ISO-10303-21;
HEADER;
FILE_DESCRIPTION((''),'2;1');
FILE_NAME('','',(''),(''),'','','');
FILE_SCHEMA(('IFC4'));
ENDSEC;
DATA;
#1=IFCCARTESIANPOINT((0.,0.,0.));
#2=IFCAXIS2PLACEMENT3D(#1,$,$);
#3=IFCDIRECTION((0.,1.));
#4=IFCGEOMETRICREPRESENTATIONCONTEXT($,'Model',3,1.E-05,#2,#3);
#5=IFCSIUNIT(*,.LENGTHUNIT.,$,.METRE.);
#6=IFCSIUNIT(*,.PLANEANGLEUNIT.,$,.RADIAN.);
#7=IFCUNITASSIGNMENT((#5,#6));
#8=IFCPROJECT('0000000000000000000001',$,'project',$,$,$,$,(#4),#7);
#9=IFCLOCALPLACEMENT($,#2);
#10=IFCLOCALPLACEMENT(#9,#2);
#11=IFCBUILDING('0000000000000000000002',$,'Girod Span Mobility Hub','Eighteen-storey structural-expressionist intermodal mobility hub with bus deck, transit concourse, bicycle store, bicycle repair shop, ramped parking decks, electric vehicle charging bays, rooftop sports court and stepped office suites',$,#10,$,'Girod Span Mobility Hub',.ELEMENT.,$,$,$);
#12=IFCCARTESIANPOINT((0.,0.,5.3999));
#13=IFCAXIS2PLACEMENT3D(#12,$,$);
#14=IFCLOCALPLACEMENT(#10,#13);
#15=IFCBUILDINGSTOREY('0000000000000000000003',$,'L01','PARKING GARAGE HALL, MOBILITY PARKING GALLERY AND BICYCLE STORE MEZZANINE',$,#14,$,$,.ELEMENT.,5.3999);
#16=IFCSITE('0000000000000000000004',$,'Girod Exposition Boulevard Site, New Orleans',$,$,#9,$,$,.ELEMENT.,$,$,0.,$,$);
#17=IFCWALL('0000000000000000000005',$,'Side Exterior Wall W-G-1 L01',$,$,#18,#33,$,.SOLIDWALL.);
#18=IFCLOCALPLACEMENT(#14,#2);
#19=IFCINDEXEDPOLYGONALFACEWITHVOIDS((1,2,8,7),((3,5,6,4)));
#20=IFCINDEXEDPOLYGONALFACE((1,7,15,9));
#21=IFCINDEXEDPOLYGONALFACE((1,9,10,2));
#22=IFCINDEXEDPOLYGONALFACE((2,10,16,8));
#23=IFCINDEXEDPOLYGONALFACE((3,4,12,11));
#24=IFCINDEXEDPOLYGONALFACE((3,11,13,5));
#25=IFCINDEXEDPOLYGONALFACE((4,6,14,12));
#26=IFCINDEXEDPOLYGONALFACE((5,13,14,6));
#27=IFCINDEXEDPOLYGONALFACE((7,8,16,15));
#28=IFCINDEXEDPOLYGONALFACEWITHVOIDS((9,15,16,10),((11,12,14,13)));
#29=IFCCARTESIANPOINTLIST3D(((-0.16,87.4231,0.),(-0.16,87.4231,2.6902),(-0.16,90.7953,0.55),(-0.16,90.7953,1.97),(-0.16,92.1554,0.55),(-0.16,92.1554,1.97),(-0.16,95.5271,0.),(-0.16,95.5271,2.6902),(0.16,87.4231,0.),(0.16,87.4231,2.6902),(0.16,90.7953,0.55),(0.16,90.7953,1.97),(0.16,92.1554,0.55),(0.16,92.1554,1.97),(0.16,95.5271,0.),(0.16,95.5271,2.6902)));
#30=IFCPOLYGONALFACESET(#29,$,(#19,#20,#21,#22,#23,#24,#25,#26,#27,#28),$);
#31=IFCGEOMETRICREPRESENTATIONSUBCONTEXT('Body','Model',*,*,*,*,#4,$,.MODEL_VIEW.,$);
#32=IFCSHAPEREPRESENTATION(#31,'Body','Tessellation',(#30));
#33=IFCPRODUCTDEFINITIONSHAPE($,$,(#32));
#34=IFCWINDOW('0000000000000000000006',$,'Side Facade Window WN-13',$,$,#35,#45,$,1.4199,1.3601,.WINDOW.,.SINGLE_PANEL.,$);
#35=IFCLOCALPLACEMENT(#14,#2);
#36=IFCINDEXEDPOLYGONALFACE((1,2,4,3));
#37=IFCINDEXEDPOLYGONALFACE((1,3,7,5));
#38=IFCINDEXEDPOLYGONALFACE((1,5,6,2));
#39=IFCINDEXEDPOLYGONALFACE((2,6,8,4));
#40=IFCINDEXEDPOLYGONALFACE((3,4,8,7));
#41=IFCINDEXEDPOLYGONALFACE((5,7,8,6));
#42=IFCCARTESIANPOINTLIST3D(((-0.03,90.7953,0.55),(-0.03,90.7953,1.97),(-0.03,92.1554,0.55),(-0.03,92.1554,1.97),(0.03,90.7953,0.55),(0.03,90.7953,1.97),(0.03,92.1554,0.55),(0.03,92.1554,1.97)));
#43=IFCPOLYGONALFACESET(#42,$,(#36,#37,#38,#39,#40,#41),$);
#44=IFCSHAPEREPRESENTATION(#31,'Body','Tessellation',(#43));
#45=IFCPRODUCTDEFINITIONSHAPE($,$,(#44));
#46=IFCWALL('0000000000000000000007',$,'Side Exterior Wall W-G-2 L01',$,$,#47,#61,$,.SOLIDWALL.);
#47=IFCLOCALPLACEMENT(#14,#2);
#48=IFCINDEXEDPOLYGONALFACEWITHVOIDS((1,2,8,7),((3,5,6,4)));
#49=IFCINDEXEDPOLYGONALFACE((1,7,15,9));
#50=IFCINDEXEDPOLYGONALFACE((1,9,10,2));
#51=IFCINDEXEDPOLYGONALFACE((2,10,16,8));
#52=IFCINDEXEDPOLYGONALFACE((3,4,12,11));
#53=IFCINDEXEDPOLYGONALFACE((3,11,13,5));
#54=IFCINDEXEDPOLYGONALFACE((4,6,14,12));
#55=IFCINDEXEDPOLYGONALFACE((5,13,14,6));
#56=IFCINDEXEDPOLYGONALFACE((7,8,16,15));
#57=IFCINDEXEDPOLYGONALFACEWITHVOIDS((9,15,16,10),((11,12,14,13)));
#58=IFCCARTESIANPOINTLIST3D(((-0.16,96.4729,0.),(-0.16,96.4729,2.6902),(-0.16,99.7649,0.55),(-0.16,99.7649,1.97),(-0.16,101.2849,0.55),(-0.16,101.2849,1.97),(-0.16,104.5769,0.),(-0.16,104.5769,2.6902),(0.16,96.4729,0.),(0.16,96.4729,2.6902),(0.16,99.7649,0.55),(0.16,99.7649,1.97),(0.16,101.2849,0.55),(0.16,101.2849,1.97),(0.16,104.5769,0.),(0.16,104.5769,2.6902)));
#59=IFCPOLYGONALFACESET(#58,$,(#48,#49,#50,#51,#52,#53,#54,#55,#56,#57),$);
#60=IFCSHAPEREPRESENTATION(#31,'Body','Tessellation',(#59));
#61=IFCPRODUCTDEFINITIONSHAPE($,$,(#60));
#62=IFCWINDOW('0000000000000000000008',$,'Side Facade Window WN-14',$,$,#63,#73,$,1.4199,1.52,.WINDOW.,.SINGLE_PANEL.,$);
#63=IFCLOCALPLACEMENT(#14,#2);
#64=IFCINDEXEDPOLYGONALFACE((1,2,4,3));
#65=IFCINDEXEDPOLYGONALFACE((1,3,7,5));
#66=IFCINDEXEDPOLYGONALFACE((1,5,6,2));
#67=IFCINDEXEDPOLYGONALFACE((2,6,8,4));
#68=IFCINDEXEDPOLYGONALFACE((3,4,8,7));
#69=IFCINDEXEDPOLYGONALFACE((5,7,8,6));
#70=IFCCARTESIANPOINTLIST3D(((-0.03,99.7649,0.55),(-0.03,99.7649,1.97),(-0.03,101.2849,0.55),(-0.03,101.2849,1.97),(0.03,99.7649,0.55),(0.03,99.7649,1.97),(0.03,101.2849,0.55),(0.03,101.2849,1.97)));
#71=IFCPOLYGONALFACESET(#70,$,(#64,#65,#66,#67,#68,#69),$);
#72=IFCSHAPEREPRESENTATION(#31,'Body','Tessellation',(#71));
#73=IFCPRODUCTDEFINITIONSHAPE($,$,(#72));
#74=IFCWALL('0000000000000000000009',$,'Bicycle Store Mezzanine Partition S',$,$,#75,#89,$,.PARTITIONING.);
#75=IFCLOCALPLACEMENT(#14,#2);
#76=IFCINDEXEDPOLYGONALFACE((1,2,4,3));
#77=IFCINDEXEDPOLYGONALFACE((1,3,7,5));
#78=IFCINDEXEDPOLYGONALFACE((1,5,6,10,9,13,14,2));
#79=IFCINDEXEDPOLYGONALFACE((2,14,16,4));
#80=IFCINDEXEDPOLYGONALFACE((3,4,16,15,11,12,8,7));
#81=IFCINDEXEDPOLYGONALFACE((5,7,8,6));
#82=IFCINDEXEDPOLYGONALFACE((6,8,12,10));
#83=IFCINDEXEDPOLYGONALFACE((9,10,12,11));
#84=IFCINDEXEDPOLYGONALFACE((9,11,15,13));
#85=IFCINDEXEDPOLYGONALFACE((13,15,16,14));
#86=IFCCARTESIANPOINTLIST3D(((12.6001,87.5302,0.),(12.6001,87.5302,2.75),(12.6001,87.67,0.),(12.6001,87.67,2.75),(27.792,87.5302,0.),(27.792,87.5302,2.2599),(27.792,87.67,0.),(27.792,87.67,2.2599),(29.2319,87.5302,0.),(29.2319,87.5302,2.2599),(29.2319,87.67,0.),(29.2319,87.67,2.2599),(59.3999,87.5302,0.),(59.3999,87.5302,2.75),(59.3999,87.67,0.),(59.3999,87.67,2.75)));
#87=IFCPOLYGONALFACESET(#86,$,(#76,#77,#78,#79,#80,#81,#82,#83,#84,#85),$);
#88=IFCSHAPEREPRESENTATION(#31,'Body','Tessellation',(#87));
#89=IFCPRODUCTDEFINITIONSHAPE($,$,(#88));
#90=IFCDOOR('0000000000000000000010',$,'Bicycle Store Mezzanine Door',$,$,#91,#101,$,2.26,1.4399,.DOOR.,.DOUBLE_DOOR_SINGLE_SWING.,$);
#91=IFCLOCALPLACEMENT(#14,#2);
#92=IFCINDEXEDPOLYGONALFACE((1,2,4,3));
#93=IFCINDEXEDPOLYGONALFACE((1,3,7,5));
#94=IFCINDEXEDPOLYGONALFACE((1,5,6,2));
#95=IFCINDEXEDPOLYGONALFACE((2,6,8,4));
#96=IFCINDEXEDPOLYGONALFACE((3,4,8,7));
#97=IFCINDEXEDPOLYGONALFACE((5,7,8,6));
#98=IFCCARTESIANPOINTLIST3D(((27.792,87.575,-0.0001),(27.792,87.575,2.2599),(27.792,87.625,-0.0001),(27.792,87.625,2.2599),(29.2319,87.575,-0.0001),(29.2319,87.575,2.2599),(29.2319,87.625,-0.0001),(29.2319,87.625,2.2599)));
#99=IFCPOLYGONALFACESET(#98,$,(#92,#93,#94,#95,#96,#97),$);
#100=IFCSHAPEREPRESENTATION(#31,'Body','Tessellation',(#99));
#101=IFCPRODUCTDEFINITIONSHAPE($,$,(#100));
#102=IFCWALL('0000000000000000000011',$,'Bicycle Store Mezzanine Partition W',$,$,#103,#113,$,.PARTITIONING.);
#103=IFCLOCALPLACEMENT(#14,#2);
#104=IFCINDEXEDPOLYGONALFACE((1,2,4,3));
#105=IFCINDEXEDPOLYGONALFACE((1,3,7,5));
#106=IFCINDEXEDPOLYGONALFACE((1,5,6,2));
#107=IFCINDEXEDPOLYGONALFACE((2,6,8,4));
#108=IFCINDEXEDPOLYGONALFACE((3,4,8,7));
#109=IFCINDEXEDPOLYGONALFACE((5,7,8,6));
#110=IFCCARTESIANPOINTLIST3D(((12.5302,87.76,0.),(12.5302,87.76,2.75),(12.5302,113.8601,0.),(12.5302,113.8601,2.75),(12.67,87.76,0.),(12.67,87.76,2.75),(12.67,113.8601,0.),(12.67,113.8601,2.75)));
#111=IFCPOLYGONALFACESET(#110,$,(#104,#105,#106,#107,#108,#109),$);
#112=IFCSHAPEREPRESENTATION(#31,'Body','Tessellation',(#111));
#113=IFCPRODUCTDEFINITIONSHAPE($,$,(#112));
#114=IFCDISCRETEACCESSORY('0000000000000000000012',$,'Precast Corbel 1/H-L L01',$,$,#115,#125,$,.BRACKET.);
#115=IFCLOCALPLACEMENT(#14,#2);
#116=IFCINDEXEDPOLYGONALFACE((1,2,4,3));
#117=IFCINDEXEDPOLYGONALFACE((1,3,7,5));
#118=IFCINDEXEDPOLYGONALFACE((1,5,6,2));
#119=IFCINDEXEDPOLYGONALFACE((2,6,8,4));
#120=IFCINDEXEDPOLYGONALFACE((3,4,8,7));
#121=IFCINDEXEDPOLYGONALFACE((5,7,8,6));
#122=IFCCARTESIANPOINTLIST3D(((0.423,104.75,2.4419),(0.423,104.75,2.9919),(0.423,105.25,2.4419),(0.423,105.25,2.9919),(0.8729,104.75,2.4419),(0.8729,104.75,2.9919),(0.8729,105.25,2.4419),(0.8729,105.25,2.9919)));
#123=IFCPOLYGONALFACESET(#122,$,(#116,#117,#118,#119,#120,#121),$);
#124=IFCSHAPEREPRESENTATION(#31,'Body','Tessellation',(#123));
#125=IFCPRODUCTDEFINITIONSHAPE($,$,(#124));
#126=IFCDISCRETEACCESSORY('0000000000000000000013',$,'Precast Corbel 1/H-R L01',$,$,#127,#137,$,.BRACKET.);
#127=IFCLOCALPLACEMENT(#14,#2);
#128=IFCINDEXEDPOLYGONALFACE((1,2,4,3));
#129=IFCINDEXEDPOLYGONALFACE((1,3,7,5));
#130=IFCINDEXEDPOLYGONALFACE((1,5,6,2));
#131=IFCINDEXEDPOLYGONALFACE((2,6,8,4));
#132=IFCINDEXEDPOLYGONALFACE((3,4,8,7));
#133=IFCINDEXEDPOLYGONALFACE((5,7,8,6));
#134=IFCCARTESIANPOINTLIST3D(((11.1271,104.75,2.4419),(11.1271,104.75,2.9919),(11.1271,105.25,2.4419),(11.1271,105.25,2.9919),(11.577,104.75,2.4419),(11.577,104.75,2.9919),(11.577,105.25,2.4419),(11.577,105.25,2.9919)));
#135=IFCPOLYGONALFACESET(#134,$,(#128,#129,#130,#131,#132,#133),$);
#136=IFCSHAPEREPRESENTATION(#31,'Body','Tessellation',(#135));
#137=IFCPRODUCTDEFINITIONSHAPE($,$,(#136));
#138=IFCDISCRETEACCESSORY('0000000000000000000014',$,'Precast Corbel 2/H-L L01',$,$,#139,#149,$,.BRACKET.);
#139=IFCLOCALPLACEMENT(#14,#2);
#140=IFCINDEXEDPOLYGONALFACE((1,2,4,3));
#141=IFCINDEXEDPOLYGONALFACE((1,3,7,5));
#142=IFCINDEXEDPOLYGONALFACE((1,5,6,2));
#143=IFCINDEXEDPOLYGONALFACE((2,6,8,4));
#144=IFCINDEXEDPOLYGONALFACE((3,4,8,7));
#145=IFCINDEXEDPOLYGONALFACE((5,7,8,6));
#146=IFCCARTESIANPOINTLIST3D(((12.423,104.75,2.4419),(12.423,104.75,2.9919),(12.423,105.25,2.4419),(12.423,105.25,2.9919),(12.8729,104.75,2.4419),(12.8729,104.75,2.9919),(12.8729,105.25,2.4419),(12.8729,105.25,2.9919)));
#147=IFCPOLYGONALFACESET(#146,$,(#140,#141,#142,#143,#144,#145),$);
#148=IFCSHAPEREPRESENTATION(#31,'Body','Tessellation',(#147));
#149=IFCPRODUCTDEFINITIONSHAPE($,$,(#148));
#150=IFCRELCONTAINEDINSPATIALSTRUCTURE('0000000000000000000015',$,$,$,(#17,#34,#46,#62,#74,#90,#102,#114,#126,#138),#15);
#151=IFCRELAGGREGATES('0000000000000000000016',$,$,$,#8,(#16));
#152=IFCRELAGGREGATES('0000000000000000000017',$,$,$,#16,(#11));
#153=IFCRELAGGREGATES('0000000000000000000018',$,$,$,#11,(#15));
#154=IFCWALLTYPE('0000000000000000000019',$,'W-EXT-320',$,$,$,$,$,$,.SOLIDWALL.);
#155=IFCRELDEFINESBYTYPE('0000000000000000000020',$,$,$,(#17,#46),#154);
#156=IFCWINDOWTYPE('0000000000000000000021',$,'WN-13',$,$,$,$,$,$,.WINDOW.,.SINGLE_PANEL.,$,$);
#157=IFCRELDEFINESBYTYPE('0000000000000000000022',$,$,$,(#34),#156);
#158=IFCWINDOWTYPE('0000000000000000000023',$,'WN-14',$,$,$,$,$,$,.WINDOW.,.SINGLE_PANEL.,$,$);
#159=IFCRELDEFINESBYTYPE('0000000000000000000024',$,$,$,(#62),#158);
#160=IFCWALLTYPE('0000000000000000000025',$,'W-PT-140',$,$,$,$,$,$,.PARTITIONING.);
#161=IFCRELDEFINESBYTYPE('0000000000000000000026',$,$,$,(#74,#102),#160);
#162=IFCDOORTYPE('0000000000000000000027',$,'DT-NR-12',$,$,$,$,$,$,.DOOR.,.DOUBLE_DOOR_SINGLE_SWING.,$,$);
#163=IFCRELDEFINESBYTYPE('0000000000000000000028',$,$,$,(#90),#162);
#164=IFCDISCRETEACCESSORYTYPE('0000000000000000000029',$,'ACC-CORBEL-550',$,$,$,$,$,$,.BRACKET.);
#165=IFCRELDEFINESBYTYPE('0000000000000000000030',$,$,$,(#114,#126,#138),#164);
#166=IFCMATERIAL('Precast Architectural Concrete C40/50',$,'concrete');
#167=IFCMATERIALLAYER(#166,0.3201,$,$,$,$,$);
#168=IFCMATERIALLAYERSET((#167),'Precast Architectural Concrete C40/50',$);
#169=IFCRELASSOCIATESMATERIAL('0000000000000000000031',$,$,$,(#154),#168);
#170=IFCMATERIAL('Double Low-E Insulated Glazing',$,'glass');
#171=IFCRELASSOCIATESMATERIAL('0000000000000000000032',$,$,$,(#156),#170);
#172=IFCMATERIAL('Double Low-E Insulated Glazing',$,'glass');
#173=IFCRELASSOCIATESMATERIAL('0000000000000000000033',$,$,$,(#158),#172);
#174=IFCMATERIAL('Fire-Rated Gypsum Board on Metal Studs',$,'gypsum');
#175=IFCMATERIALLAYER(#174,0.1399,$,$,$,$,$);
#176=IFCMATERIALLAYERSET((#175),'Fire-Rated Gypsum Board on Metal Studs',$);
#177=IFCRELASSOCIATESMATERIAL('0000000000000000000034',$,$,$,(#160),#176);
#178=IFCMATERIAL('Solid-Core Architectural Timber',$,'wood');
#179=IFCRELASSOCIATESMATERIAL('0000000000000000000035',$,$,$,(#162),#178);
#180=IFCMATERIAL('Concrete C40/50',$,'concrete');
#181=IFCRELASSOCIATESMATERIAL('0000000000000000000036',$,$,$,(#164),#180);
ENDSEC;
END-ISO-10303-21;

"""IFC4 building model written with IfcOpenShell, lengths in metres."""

from ifc_helpers import new_model, si_unit, direction, frame, frame_2d, origin, origin_2d, place, context, subcontext, project, spatial, rectangle, extrude, material, layer, layer_set, type_object, element, fill, save


model = new_model("IFC4")

# Units and contexts
model_context = context("Model", 3, precision=1e-05, world=origin(), true_north=direction((0.0, 1.0)))
body_context = subcontext(model_context, "Body", "Model", "MODEL_VIEW")
ifc_project = project(units=[si_unit("LENGTHUNIT", "METRE"), si_unit("PLANEANGLEUNIT", "RADIAN")], contexts=[model_context])

# Site, building, storey
site_placement = place(None, origin())
site = spatial("IfcSite", under=ifc_project, at=site_placement, Name="Girod Exposition Boulevard Site, New Orleans", CompositionType="ELEMENT", RefElevation=0.0)
building_placement = place(site_placement, origin())
building = spatial("IfcBuilding", under=site, at=building_placement, Name="Girod Span Mobility Hub", Description="Eighteen-storey structural-expressionist intermodal mobility hub with bus deck, transit concourse, bicycle store, bicycle repair shop, ramped parking decks, electric vehicle charging bays, rooftop sports court and stepped office suites", LongName="Girod Span Mobility Hub", CompositionType="ELEMENT")
storey_placement = place(building_placement, frame((0.0, 0.0, 5.3999)))
storey = spatial("IfcBuildingStorey", under=building, at=storey_placement, Name="L01", Description="PARKING GARAGE HALL, MOBILITY PARKING GALLERY AND BICYCLE STORE MEZZANINE", CompositionType="ELEMENT", Elevation=5.3999)

# Walls, openings, windows
ifc_material_1 = material(Name="Precast Architectural Concrete C40/50", Category="concrete")
ifc_layer_1 = layer(ifc_material_1, 0.3201)
ifc_layer_set_1 = layer_set([ifc_layer_1], Name="Precast Architectural Concrete C40/50")
wall_type_1 = type_object("IfcWallType", Name="W-EXT-320", PredefinedType="SOLIDWALL", material=ifc_layer_set_1)
wall_1_placement = place(storey_placement, frame((0.0, 87.4231, 0.0), z_axis=(0.0, 0.0, 1.0), x_axis=(0.0, 1.0, 0.0)))
wall_1 = element("IfcWall", 1, at=wall_1_placement, inside=storey, type_object=wall_type_1, Name="Side Exterior Wall W-G-1 L01", PredefinedType="SOLIDWALL", context=body_context, shape_type="SweptSolid", body=[
    extrude(rectangle(XDim=8.104, YDim=0.3201, at=frame_2d((4.052, 0.0))), origin(), (0.0, 0.0, 1.0), 2.6902),
])
opening_1_placement = place(wall_1_placement, frame((3.3721, 0.0, 0.55)))
opening_1 = element("IfcOpeningElement", 2, at=opening_1_placement, cuts=wall_1, PredefinedType="OPENING", context=body_context, shape_type="SweptSolid", body=[
    extrude(rectangle(XDim=1.3601, YDim=1.4199, at=frame_2d((0.6802, 0.71))), frame((0.0, 0.175, 0.0), z_axis=(0.0, -1.0, 0.0), x_axis=(1.0, 0.0, 0.0)), (0.0, 0.0, 1.0), 0.3501),
])
ifc_material_2 = material(Name="Double Low-E Insulated Glazing", Category="glass")
window_type_1 = type_object("IfcWindowType", Name="WN-13", PartitioningType="SINGLE_PANEL", PredefinedType="WINDOW", material=ifc_material_2)
window_1_placement = place(opening_1_placement, origin())
window_1 = element("IfcWindow", 3, at=window_1_placement, inside=storey, type_object=window_type_1, Name="Side Facade Window WN-13", OverallHeight=1.4199, OverallWidth=1.3601, PartitioningType="SINGLE_PANEL", PredefinedType="WINDOW", context=body_context, shape_type="SweptSolid", body=[
    extrude(rectangle(XDim=1.3601, YDim=1.4199, at=frame_2d((0.6802, 0.71))), frame((0.0, 0.03, 0.0), z_axis=(0.0, -1.0, 0.0), x_axis=(1.0, 0.0, 0.0)), (0.0, 0.0, 1.0), 0.0601),
])
fill(opening_1, window_1)
wall_2_placement = place(storey_placement, frame((0.0, 96.4729, 0.0), z_axis=(0.0, 0.0, 1.0), x_axis=(0.0, 1.0, 0.0)))
wall_2 = element("IfcWall", 4, at=wall_2_placement, inside=storey, type_object=wall_type_1, Name="Side Exterior Wall W-G-2 L01", PredefinedType="SOLIDWALL", context=body_context, shape_type="SweptSolid", body=[
    extrude(rectangle(XDim=8.104, YDim=0.3201, at=frame_2d((4.052, 0.0))), origin(), (0.0, 0.0, 1.0), 2.6902),
])
opening_2_placement = place(wall_2_placement, frame((3.292, 0.0, 0.55)))
opening_2 = element("IfcOpeningElement", 5, at=opening_2_placement, cuts=wall_2, PredefinedType="OPENING", context=body_context, shape_type="SweptSolid", body=[
    extrude(rectangle(XDim=1.52, YDim=1.4199, at=frame_2d((0.76, 0.71))), frame((0.0, 0.175, 0.0), z_axis=(0.0, -1.0, 0.0), x_axis=(1.0, 0.0, 0.0)), (0.0, 0.0, 1.0), 0.3501),
])
ifc_material_3 = material(Name="Double Low-E Insulated Glazing", Category="glass")
window_type_2 = type_object("IfcWindowType", Name="WN-14", PartitioningType="SINGLE_PANEL", PredefinedType="WINDOW", material=ifc_material_3)
window_2_placement = place(opening_2_placement, origin())
window_2 = element("IfcWindow", 6, at=window_2_placement, inside=storey, type_object=window_type_2, Name="Side Facade Window WN-14", OverallHeight=1.4199, OverallWidth=1.52, PartitioningType="SINGLE_PANEL", PredefinedType="WINDOW", context=body_context, shape_type="SweptSolid", body=[
    extrude(rectangle(XDim=1.52, YDim=1.4199, at=frame_2d((0.76, 0.71))), frame((0.0, 0.03, 0.0), z_axis=(0.0, -1.0, 0.0), x_axis=(1.0, 0.0, 0.0)), (0.0, 0.0, 1.0), 0.0601),
])
fill(opening_2, window_2)

# Wall, opening, door
ifc_material_4 = material(Name="Fire-Rated Gypsum Board on Metal Studs", Category="gypsum")
ifc_layer_2 = layer(ifc_material_4, 0.1399)
ifc_layer_set_2 = layer_set([ifc_layer_2], Name="Fire-Rated Gypsum Board on Metal Studs")
wall_type_2 = type_object("IfcWallType", Name="W-PT-140", PredefinedType="PARTITIONING", material=ifc_layer_set_2)
wall_3_placement = place(storey_placement, frame((12.6001, 87.6001, 0.0), z_axis=(0.0, 0.0, 1.0), x_axis=(1.0, 0.0, 0.0)))
wall_3 = element("IfcWall", 7, at=wall_3_placement, inside=storey, type_object=wall_type_2, Name="Bicycle Store Mezzanine Partition S", PredefinedType="PARTITIONING", context=body_context, shape_type="SweptSolid", body=[
    extrude(rectangle(XDim=46.7998, YDim=0.1399, at=frame_2d((23.3999, 0.0))), origin(), (0.0, 0.0, 1.0), 2.75),
])
opening_3_placement = place(wall_3_placement, frame((15.1919, 0.0, 0.0)))
opening_3 = element("IfcOpeningElement", 8, at=opening_3_placement, cuts=wall_3, PredefinedType="OPENING", context=body_context, shape_type="SweptSolid", body=[
    extrude(rectangle(XDim=1.4399, YDim=2.26, at=frame_2d((0.72, 1.1299))), frame((0.0, 0.085, 0.0), z_axis=(0.0, -1.0, 0.0), x_axis=(1.0, 0.0, 0.0)), (0.0, 0.0, 1.0), 0.1699),
])
ifc_material_5 = material(Name="Solid-Core Architectural Timber", Category="wood")
door_type = type_object("IfcDoorType", Name="DT-NR-12", OperationType="DOUBLE_DOOR_SINGLE_SWING", PredefinedType="DOOR", material=ifc_material_5)
door_placement = place(opening_3_placement, origin())
door = element("IfcDoor", 9, at=door_placement, inside=storey, type_object=door_type, Name="Bicycle Store Mezzanine Door", OperationType="DOUBLE_DOOR_SINGLE_SWING", OverallHeight=2.26, OverallWidth=1.4399, PredefinedType="DOOR", context=body_context, shape_type="SweptSolid", body=[
    extrude(rectangle(XDim=1.4399, YDim=2.26, at=frame_2d((0.72, 1.1299))), frame((0.0, 0.0249, 0.0), z_axis=(0.0, -1.0, 0.0), x_axis=(1.0, 0.0, 0.0)), (0.0, 0.0, 1.0), 0.05),
])
fill(opening_3, door)

# Wall
wall_4_placement = place(storey_placement, frame((12.6001, 87.76, 0.0), z_axis=(0.0, 0.0, 1.0), x_axis=(0.0, 1.0, 0.0)))
element("IfcWall", 10, at=wall_4_placement, inside=storey, type_object=wall_type_2, Name="Bicycle Store Mezzanine Partition W", PredefinedType="PARTITIONING", context=body_context, shape_type="SweptSolid", body=[
    extrude(rectangle(XDim=26.1001, YDim=0.1399, at=frame_2d((13.05, 0.0))), origin(), (0.0, 0.0, 1.0), 2.75),
])

# Discrete accessories
ifc_material_6 = material(Name="Concrete C40/50", Category="concrete")
discrete_accessory_type = type_object("IfcDiscreteAccessoryType", Name="ACC-CORBEL-550", PredefinedType="BRACKET", material=ifc_material_6)
for number, where, z_axis, x_axis, name in (
    (11, (0.6479, 105.0, 2.4419), (0.0, 0.0, 1.0), (1.0, 0.0, 0.0), "Precast Corbel 1/H-L L01"),
    (12, (11.3521, 105.0, 2.4419), (0.0, 0.0, 1.0), (1.0, 0.0, 0.0), "Precast Corbel 1/H-R L01"),
    (13, (12.6479, 105.0, 2.4419), (0.0, 0.0, 1.0), (1.0, 0.0, 0.0), "Precast Corbel 2/H-L L01"),
):
    element("IfcDiscreteAccessory", number, at=place(storey_placement, frame(where, z_axis=z_axis, x_axis=x_axis)), inside=storey, type_object=discrete_accessory_type, Name=name, PredefinedType="BRACKET", context=body_context, shape_type="SweptSolid", body=[
        extrude(rectangle(XDim=0.45, YDim=0.5, at=origin_2d()), origin(), (0.0, 0.0, 1.0), 0.55),
    ])

save(model, "model.ifc")
